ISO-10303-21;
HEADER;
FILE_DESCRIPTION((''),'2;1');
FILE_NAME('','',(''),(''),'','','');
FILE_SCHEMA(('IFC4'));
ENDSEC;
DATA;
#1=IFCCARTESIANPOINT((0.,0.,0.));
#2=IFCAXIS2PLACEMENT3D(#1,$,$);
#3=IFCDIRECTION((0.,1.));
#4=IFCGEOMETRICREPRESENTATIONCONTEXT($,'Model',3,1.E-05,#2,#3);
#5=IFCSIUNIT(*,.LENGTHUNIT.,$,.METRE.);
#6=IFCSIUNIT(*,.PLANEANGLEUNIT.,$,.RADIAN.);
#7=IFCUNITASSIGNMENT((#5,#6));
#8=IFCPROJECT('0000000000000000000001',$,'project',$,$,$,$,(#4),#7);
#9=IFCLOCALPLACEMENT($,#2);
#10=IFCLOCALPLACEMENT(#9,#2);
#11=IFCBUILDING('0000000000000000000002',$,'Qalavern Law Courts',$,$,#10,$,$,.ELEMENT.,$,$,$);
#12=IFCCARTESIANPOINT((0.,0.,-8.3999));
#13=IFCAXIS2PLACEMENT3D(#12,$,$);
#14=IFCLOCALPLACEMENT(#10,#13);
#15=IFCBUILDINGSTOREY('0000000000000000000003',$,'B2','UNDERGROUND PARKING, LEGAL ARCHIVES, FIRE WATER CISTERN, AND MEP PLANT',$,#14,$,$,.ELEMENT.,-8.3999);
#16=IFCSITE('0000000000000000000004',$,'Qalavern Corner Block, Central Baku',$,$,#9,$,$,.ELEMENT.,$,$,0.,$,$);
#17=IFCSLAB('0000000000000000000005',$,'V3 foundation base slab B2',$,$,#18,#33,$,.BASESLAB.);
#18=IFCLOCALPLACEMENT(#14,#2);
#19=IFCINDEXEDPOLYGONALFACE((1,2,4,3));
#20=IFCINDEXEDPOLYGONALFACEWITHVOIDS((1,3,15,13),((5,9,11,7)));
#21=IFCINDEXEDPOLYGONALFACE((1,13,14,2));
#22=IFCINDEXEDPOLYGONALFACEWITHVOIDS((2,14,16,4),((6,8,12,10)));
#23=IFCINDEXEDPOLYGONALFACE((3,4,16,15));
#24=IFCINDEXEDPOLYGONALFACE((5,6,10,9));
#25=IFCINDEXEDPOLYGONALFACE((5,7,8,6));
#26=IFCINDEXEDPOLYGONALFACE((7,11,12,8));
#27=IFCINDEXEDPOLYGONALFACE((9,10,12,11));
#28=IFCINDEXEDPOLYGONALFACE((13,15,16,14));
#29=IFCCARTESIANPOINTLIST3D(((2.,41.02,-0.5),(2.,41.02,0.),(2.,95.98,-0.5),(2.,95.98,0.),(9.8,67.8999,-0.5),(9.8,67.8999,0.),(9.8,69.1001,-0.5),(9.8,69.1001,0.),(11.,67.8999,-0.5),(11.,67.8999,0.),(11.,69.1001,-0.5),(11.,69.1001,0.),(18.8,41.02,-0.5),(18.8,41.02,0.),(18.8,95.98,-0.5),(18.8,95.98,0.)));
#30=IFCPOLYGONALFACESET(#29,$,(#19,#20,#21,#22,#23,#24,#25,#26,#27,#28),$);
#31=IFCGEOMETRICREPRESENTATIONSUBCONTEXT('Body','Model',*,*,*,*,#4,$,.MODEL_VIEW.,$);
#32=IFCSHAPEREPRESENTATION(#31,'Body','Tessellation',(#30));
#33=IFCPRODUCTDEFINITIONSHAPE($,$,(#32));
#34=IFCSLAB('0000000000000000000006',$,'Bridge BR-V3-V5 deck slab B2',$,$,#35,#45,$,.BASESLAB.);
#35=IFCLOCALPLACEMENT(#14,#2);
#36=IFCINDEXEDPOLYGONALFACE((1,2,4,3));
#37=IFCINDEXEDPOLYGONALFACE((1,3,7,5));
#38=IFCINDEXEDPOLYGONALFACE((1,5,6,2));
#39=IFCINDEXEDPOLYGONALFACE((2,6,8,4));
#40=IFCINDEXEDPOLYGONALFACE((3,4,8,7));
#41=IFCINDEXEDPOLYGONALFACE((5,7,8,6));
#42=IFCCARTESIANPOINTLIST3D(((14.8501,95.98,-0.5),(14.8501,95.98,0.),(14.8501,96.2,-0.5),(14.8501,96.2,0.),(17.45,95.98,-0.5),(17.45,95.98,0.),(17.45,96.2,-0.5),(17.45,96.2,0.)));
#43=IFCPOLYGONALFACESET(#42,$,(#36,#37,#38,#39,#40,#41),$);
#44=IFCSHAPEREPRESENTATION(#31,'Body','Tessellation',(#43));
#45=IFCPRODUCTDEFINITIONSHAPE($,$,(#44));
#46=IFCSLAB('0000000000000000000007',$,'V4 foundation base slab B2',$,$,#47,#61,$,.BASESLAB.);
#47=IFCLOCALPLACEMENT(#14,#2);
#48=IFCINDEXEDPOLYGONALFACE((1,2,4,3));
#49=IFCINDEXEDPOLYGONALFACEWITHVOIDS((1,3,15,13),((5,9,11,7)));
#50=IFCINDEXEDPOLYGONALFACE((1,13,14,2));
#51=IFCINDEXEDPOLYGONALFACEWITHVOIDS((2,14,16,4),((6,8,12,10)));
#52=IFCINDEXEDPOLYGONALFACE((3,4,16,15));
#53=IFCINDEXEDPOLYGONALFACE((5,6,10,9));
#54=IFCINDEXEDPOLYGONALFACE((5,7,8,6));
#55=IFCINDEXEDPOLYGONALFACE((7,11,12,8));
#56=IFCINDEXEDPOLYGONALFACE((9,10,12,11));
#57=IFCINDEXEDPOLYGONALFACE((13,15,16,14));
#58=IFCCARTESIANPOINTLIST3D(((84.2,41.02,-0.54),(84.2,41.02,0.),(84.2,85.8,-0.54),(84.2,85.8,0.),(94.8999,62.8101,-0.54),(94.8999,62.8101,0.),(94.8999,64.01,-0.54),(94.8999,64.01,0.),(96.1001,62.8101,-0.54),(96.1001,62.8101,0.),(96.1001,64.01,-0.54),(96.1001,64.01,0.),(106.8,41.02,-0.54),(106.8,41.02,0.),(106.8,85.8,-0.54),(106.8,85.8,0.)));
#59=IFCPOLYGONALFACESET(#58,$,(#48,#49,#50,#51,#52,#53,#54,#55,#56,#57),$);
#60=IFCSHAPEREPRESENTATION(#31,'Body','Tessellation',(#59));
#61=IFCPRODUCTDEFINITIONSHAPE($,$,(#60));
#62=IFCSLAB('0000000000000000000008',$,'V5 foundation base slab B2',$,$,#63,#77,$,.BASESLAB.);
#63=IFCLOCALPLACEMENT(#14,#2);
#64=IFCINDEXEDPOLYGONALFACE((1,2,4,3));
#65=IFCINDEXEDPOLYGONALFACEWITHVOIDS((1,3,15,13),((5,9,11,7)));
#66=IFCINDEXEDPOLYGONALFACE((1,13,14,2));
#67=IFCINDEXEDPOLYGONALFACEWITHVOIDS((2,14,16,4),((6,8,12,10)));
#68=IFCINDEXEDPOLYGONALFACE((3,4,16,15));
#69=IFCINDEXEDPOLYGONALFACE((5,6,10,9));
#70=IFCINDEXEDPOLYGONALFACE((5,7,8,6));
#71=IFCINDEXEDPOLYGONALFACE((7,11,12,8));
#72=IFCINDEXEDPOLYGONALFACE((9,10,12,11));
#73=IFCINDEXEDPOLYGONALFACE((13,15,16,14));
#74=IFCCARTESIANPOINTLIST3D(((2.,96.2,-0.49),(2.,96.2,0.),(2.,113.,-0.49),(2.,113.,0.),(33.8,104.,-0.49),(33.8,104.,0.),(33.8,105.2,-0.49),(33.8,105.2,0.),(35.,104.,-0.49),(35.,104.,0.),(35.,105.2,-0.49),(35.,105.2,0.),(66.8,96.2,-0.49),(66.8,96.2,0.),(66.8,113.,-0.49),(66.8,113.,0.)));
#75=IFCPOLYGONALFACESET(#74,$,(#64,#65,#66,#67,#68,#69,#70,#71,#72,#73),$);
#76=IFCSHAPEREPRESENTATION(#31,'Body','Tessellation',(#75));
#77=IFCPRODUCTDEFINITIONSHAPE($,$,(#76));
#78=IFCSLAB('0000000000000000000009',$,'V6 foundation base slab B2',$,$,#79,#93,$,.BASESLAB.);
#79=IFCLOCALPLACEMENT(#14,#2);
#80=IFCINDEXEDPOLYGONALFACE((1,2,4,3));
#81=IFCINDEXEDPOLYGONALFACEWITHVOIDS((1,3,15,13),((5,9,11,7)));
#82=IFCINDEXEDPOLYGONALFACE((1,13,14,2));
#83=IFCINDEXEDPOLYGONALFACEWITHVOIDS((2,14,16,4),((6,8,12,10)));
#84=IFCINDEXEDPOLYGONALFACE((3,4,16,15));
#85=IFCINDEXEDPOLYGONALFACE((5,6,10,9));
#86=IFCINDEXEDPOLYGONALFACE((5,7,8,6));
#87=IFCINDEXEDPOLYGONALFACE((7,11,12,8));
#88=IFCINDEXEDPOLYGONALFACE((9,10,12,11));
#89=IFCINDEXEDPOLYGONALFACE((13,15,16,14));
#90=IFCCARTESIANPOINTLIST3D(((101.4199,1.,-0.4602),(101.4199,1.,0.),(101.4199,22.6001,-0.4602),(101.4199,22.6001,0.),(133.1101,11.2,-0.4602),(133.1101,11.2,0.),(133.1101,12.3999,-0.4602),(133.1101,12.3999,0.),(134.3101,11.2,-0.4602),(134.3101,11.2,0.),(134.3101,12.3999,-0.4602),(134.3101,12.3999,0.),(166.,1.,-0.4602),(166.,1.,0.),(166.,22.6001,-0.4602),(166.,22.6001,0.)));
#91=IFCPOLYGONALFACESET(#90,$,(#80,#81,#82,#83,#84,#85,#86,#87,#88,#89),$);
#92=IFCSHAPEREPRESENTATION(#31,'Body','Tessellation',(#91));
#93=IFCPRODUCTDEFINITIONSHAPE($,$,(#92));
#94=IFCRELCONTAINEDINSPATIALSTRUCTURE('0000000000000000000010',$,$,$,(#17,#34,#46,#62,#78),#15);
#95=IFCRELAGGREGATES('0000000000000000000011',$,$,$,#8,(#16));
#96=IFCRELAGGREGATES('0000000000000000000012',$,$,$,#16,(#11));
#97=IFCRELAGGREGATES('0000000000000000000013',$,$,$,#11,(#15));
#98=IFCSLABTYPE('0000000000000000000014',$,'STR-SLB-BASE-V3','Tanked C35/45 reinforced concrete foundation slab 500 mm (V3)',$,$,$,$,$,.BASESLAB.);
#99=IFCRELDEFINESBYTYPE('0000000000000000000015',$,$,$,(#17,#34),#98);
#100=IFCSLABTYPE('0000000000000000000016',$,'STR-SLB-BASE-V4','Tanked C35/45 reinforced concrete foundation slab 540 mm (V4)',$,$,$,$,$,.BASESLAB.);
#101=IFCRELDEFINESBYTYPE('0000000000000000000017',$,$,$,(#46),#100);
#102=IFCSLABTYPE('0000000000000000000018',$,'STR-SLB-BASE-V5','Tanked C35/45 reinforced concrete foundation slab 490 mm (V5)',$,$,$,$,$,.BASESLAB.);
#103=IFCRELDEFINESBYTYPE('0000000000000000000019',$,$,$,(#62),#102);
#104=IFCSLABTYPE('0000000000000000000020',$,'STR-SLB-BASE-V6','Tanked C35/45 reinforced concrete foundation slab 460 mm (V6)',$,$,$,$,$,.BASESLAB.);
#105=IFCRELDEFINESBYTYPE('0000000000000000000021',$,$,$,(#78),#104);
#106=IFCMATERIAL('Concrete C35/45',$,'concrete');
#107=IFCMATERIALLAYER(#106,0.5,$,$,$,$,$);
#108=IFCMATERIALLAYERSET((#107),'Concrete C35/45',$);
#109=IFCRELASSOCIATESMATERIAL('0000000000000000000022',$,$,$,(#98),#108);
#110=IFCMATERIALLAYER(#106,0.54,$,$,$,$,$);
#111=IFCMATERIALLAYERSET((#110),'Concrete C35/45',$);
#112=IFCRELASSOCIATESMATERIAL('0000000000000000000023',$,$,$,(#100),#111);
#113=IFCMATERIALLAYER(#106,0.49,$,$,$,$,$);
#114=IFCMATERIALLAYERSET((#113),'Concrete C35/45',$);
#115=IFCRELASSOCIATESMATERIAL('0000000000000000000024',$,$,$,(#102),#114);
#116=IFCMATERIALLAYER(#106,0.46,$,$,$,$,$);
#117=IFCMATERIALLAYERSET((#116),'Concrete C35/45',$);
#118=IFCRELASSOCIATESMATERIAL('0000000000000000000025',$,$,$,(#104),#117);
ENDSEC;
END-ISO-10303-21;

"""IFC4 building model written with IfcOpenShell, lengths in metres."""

from ifc_helpers import new_model, si_unit, direction, frame, origin, place, context, subcontext, project, spatial, polyline, outline, extrude, material, layer, layer_set, type_object, element, save


model = new_model("IFC4")

# Units and contexts
model_context = context("Model", 3, precision=1e-05, world=origin(), true_north=direction((0.0, 1.0)))
body_context = subcontext(model_context, "Body", "Model", "MODEL_VIEW")
ifc_project = project(units=[si_unit("LENGTHUNIT", "METRE"), si_unit("PLANEANGLEUNIT", "RADIAN")], contexts=[model_context])

# Site, building, storey
site_placement = place(None, origin())
site = spatial("IfcSite", under=ifc_project, at=site_placement, Name="Qalavern Corner Block, Central Baku", CompositionType="ELEMENT", RefElevation=0.0)
building_placement = place(site_placement, origin())
building = spatial("IfcBuilding", under=site, at=building_placement, Name="Qalavern Law Courts", CompositionType="ELEMENT")
storey_placement = place(building_placement, frame((0.0, 0.0, -8.3999)))
storey = spatial("IfcBuildingStorey", under=building, at=storey_placement, Name="B2", Description="UNDERGROUND PARKING, LEGAL ARCHIVES, FIRE WATER CISTERN, AND MEP PLANT", CompositionType="ELEMENT", Elevation=-8.3999)

# Shared definitions
ifc_material = material(Name="Concrete C35/45", Category="concrete")

# Slabs
ifc_layer_1 = layer(ifc_material, 0.5)
ifc_layer_set_1 = layer_set([ifc_layer_1], Name="Concrete C35/45")
slab_type_1 = type_object("IfcSlabType", Name="STR-SLB-BASE-V3", Description="Tanked C35/45 reinforced concrete foundation slab 500 mm (V3)", PredefinedType="BASESLAB", material=ifc_layer_set_1)
slab_1_placement = place(storey_placement, frame((0.0, 0.0, -0.5)))
element("IfcSlab", 1, at=slab_1_placement, inside=storey, type_object=slab_type_1, Name="V3 foundation base slab B2", PredefinedType="BASESLAB", context=body_context, shape_type="SweptSolid", body=[
    extrude(outline(polyline([(2.0, 41.02), (18.8, 41.02), (18.8, 95.98), (2.0, 95.98), (2.0, 41.02)]), holes=[polyline([(9.8, 67.8999), (11.0, 67.8999), (11.0, 69.1001), (9.8, 69.1001), (9.8, 67.8999)])]), origin(), (0.0, 0.0, 1.0), 0.5),
])
slab_2_placement = place(storey_placement, frame((0.0, 0.0, -0.5)))
element("IfcSlab", 2, at=slab_2_placement, inside=storey, type_object=slab_type_1, Name="Bridge BR-V3-V5 deck slab B2", PredefinedType="BASESLAB", context=body_context, shape_type="SweptSolid", body=[
    extrude(outline(polyline([(14.8501, 95.98), (17.45, 95.98), (17.45, 96.2), (14.8501, 96.2), (14.8501, 95.98)])), origin(), (0.0, 0.0, 1.0), 0.5),
])
ifc_layer_2 = layer(ifc_material, 0.54)
ifc_layer_set_2 = layer_set([ifc_layer_2], Name="Concrete C35/45")
slab_type_2 = type_object("IfcSlabType", Name="STR-SLB-BASE-V4", Description="Tanked C35/45 reinforced concrete foundation slab 540 mm (V4)", PredefinedType="BASESLAB", material=ifc_layer_set_2)
slab_3_placement = place(storey_placement, frame((0.0, 0.0, -0.54)))
element("IfcSlab", 3, at=slab_3_placement, inside=storey, type_object=slab_type_2, Name="V4 foundation base slab B2", PredefinedType="BASESLAB", context=body_context, shape_type="SweptSolid", body=[
    extrude(outline(polyline([(84.2, 41.02), (106.8, 41.02), (106.8, 85.8), (84.2, 85.8), (84.2, 41.02)]), holes=[polyline([(94.8999, 62.8101), (96.1001, 62.8101), (96.1001, 64.01), (94.8999, 64.01), (94.8999, 62.8101)])]), origin(), (0.0, 0.0, 1.0), 0.54),
])
ifc_layer_3 = layer(ifc_material, 0.49)
ifc_layer_set_3 = layer_set([ifc_layer_3], Name="Concrete C35/45")
slab_type_3 = type_object("IfcSlabType", Name="STR-SLB-BASE-V5", Description="Tanked C35/45 reinforced concrete foundation slab 490 mm (V5)", PredefinedType="BASESLAB", material=ifc_layer_set_3)
slab_4_placement = place(storey_placement, frame((0.0, 0.0, -0.49)))
element("IfcSlab", 4, at=slab_4_placement, inside=storey, type_object=slab_type_3, Name="V5 foundation base slab B2", PredefinedType="BASESLAB", context=body_context, shape_type="SweptSolid", body=[
    extrude(outline(polyline([(2.0, 96.2), (66.8, 96.2), (66.8, 113.0), (2.0, 113.0), (2.0, 96.2)]), holes=[polyline([(33.8, 104.0), (35.0, 104.0), (35.0, 105.2), (33.8, 105.2), (33.8, 104.0)])]), origin(), (0.0, 0.0, 1.0), 0.49),
])
ifc_layer_4 = layer(ifc_material, 0.46)
ifc_layer_set_4 = layer_set([ifc_layer_4], Name="Concrete C35/45")
slab_type_4 = type_object("IfcSlabType", Name="STR-SLB-BASE-V6", Description="Tanked C35/45 reinforced concrete foundation slab 460 mm (V6)", PredefinedType="BASESLAB", material=ifc_layer_set_4)
slab_5_placement = place(storey_placement, frame((0.0, 0.0, -0.4602)))
element("IfcSlab", 5, at=slab_5_placement, inside=storey, type_object=slab_type_4, Name="V6 foundation base slab B2", PredefinedType="BASESLAB", context=body_context, shape_type="SweptSolid", body=[
    extrude(outline(polyline([(101.4199, 1.0), (166.0, 1.0), (166.0, 22.6001), (101.4199, 22.6001), (101.4199, 1.0)]), holes=[polyline([(133.1101, 11.2), (134.3101, 11.2), (134.3101, 12.3999), (133.1101, 12.3999), (133.1101, 11.2)])]), origin(), (0.0, 0.0, 1.0), 0.4602),
])

save(model, "model.ifc")
